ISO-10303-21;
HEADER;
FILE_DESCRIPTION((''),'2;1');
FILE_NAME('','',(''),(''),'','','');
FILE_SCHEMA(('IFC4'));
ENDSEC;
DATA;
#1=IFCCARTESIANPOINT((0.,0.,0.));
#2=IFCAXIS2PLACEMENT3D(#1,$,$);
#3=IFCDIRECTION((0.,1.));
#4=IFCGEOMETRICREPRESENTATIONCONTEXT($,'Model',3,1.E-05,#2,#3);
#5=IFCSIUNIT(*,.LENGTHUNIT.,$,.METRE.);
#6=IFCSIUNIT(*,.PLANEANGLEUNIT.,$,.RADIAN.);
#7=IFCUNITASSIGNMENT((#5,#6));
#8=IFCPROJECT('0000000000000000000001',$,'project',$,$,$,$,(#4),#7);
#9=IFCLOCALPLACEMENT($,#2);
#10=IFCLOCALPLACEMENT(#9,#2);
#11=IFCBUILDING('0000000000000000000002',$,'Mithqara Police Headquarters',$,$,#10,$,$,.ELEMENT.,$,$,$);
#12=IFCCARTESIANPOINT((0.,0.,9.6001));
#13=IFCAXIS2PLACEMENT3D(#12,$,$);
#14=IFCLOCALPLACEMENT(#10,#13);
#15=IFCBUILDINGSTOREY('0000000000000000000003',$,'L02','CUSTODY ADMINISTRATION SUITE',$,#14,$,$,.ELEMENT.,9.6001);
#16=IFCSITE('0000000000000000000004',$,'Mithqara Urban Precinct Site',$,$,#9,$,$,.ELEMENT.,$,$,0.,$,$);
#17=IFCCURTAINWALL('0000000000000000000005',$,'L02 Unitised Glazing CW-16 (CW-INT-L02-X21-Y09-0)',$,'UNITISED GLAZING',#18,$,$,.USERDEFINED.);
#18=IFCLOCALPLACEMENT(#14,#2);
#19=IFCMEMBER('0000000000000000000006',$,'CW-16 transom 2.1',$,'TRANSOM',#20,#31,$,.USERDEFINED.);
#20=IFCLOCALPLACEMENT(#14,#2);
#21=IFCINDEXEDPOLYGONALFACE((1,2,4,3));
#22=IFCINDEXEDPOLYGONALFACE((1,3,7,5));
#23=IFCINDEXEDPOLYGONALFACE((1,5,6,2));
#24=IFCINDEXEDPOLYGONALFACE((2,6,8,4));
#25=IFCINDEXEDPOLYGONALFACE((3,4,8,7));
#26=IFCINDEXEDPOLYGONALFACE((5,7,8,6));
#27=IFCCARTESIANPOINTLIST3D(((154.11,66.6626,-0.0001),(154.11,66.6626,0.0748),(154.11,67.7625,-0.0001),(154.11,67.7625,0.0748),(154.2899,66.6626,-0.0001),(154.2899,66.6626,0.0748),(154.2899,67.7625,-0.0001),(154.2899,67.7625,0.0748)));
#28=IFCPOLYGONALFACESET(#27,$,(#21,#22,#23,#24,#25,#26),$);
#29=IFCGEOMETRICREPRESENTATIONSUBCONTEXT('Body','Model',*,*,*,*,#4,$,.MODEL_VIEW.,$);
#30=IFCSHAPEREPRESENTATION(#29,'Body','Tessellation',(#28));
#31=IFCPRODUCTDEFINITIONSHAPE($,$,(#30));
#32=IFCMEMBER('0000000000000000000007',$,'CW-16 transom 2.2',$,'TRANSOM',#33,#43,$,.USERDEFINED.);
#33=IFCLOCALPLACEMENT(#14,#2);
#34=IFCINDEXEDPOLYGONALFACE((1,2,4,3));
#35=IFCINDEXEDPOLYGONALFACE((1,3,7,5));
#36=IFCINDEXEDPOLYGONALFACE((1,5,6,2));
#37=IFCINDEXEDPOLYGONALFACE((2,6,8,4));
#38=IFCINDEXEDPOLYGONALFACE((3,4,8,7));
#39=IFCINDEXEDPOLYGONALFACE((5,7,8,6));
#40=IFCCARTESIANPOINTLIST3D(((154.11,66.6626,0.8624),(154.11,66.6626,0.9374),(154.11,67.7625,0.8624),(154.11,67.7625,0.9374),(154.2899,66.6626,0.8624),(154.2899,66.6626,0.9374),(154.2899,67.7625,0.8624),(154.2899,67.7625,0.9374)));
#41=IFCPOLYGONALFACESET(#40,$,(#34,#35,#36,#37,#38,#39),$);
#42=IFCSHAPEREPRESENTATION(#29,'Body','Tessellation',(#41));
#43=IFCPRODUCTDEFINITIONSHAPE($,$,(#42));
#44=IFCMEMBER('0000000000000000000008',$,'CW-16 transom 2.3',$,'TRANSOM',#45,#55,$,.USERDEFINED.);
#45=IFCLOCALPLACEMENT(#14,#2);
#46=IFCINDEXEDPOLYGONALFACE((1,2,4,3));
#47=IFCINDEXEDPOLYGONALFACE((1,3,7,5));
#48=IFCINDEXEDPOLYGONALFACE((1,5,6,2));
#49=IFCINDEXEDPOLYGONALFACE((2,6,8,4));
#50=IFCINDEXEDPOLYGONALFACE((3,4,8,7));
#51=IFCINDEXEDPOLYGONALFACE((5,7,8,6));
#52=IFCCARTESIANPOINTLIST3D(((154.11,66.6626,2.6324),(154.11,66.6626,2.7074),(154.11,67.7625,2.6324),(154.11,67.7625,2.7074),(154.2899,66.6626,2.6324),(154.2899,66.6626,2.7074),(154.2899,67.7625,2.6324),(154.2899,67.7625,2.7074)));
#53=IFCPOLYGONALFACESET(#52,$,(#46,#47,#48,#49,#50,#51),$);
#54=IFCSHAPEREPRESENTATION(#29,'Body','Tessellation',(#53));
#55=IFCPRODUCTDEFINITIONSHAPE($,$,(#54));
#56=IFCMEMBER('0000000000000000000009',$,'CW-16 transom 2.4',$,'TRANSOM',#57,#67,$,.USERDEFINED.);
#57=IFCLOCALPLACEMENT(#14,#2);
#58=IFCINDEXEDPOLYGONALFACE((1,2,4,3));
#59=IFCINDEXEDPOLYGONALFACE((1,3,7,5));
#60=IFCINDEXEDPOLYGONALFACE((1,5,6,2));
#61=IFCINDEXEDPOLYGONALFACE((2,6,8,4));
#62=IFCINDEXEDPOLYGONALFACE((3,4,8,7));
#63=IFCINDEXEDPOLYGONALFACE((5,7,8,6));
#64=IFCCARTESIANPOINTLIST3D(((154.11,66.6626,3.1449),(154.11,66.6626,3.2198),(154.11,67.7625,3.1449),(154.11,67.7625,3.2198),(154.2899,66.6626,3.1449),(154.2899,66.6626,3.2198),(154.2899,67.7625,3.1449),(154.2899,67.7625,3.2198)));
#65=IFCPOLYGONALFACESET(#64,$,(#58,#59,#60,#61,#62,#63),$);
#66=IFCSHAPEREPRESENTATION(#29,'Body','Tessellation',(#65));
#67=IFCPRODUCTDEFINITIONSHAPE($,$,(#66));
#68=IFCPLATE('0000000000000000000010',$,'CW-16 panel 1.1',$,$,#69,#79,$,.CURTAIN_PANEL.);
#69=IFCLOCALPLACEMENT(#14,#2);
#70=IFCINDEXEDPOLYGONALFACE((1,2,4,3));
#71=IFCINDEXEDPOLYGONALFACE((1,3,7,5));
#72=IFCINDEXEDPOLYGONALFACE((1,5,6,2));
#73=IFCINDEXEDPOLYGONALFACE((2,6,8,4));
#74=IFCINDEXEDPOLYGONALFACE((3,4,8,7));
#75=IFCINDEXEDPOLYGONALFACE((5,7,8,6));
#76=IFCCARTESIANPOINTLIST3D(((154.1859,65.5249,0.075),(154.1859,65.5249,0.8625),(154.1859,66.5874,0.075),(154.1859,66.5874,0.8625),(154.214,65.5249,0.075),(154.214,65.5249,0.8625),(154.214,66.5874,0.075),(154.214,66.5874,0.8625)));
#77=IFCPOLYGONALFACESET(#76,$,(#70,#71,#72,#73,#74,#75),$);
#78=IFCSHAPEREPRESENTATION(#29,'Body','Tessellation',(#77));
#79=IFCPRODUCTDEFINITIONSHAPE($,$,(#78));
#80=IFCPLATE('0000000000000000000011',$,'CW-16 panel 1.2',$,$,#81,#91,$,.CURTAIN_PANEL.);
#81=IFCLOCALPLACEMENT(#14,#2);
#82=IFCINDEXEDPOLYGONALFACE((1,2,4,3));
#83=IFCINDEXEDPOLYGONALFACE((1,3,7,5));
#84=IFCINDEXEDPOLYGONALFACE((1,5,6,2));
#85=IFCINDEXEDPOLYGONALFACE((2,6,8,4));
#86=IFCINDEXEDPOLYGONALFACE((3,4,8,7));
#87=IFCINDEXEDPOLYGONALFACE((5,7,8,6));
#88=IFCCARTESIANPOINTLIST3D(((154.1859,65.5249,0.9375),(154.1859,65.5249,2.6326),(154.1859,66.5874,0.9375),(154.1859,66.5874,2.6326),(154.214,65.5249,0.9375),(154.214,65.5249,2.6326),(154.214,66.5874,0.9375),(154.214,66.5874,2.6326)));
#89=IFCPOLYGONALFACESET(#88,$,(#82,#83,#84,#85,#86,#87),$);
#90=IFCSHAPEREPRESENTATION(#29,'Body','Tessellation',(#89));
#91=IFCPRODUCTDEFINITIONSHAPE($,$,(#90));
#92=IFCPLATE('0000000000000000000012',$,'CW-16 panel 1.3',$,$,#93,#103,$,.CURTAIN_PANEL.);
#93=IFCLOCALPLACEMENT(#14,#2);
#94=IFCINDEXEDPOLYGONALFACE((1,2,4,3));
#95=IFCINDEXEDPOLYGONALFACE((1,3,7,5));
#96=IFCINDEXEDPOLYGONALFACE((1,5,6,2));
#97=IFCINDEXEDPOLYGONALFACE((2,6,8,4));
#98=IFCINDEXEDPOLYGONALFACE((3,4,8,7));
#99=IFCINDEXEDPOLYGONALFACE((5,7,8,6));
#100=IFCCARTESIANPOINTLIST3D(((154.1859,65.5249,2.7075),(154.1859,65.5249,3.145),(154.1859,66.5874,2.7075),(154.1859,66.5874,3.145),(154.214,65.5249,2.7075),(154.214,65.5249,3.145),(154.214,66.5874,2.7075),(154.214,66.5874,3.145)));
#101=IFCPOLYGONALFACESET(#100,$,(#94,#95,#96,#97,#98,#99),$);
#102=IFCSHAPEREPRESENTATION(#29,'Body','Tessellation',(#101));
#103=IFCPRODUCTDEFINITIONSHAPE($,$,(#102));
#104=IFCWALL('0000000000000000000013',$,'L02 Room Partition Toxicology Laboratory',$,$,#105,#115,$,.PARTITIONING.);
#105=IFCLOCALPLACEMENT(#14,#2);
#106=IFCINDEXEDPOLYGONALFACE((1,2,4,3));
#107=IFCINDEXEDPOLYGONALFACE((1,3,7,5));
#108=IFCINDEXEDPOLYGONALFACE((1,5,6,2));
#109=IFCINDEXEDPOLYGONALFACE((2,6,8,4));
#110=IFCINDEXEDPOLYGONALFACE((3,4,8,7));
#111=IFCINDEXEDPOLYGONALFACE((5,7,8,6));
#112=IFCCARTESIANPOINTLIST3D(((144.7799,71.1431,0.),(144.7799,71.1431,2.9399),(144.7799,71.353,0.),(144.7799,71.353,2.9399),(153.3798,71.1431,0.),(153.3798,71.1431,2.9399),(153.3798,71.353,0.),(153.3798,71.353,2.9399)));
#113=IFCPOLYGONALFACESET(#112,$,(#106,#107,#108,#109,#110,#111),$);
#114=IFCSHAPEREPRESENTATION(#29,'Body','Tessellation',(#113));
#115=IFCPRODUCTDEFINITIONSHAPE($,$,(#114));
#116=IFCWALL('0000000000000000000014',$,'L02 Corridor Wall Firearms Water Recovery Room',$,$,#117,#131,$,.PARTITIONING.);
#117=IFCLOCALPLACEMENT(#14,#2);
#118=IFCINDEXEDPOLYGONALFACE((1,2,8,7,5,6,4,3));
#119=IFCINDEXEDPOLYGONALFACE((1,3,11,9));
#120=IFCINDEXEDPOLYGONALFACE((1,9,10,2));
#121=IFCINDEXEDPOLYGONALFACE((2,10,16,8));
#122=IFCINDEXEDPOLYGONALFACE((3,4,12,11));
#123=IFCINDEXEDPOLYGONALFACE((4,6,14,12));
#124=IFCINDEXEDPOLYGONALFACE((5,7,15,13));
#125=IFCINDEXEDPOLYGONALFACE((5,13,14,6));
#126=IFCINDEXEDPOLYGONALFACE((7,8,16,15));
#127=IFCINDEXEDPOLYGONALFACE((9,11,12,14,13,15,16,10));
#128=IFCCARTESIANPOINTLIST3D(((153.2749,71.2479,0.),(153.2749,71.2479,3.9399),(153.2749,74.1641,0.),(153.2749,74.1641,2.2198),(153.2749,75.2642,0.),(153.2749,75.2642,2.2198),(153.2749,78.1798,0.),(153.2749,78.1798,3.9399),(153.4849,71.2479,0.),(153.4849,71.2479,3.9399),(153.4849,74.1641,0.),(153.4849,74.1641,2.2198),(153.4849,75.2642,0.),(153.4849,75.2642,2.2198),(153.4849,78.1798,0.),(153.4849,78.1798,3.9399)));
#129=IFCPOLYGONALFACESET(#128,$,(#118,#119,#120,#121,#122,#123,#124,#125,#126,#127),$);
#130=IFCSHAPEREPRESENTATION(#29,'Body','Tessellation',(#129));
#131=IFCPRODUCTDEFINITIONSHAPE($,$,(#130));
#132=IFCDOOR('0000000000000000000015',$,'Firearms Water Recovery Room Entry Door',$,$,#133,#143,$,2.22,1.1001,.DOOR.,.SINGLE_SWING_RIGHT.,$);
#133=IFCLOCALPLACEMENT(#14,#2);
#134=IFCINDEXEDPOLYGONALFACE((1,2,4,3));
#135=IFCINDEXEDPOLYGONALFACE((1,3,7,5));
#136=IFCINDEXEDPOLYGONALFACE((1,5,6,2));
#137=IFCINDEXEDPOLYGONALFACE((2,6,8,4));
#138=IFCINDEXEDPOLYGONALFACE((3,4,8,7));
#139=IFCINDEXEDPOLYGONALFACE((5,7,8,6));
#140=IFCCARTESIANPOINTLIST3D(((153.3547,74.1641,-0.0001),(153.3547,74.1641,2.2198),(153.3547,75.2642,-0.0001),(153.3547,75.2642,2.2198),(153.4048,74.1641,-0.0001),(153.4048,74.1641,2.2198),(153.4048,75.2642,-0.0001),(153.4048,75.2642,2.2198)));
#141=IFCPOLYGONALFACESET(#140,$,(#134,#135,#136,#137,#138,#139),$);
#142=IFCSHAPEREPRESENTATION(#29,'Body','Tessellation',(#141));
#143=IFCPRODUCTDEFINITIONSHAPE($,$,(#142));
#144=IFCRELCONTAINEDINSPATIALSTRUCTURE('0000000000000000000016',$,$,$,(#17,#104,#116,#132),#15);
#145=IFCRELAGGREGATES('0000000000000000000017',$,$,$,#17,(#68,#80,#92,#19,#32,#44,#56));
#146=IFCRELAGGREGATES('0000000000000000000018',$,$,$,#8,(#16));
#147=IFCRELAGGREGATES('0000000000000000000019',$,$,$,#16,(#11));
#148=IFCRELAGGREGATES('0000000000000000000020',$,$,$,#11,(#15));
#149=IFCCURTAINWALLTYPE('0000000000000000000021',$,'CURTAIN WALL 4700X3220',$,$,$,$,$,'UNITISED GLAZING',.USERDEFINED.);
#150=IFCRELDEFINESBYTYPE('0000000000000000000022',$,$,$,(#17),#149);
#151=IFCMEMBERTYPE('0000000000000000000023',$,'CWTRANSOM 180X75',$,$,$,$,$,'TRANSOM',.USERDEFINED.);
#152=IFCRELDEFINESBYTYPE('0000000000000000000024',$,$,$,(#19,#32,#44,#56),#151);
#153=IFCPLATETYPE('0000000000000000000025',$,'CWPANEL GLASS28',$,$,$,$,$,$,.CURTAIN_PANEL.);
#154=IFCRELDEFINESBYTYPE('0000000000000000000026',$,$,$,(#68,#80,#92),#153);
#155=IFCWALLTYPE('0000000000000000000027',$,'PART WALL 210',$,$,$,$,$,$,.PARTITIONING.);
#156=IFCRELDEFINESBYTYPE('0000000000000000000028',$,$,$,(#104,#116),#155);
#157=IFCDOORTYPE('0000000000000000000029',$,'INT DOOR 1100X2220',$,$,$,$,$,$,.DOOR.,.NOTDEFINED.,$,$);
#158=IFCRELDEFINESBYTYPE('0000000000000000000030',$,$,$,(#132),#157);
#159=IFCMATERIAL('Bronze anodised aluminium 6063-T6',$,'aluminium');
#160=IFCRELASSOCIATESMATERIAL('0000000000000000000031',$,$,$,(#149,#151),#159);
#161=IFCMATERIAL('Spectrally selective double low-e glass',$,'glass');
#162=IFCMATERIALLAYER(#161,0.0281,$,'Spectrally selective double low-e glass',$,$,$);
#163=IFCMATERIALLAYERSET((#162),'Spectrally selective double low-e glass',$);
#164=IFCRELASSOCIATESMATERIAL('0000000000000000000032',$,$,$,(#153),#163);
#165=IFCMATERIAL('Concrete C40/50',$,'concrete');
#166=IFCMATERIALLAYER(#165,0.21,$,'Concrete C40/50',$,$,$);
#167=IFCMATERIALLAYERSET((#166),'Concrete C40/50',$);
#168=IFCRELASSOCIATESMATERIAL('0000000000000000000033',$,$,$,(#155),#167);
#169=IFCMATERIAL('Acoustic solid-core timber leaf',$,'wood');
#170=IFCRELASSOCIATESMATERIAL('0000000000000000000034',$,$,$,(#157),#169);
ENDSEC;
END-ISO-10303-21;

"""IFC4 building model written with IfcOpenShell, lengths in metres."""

from ifc_helpers import new_model, si_unit, direction, frame, frame_2d, origin, origin_2d, place, context, subcontext, project, spatial, rectangle, extrude, material, layer, layer_set, material_profile, profile_set, type_object, element, fill, aggregate, save


model = new_model("IFC4")

# Units and contexts
model_context = context("Model", 3, precision=1e-05, world=origin(), true_north=direction((0.0, 1.0)))
body_context = subcontext(model_context, "Body", "Model", "MODEL_VIEW")
ifc_project = project(units=[si_unit("LENGTHUNIT", "METRE"), si_unit("PLANEANGLEUNIT", "RADIAN")], contexts=[model_context])

# Site, building, storey
site_placement = place(None, origin())
site = spatial("IfcSite", under=ifc_project, at=site_placement, Name="Mithqara Urban Precinct Site", CompositionType="ELEMENT", RefElevation=0.0)
building_placement = place(site_placement, origin())
building = spatial("IfcBuilding", under=site, at=building_placement, Name="Mithqara Police Headquarters", CompositionType="ELEMENT")
storey_placement = place(building_placement, frame((0.0, 0.0, 9.6001)))
storey = spatial("IfcBuildingStorey", under=building, at=storey_placement, Name="L02", Description="CUSTODY ADMINISTRATION SUITE", CompositionType="ELEMENT", Elevation=9.6001)

# Shared definitions
ifc_material_1 = material(Name="Concrete C40/50", Category="concrete")

# Curtain wall, members, plates
ifc_material_2 = material(Name="Bronze anodised aluminium 6063-T6", Category="aluminium")
curtain_wall_type = type_object("IfcCurtainWallType", Name="CURTAIN WALL 4700X3220", ElementType="UNITISED GLAZING", PredefinedType="USERDEFINED", material=ifc_material_2)
curtain_wall_placement = place(storey_placement, origin())
curtain_wall = element("IfcCurtainWall", 1, at=curtain_wall_placement, inside=storey, type_object=curtain_wall_type, Name="L02 Unitised Glazing CW-16 (CW-INT-L02-X21-Y09-0)", ObjectType="UNITISED GLAZING", PredefinedType="USERDEFINED")
ifc_material_profile_1 = material_profile(ifc_material_2, rectangle(XDim=0.1799, YDim=0.075, at=origin_2d()), Name="CWT 180x75")
ifc_profile_set_1 = profile_set([ifc_material_profile_1], Name="Bronze anodised aluminium 6063-T6")
member_type_1 = type_object("IfcMemberType", Name="CWTRANSOM 180X75", ElementType="TRANSOM", PredefinedType="USERDEFINED", material=ifc_profile_set_1)
member_1_placement = place(storey_placement, frame((154.2, 66.6626, 0.0374), z_axis=(0.0, 1.0, 0.0), x_axis=(-1.0, 0.0, 0.0)))
member_1 = element("IfcMember", 2, at=member_1_placement, type_object=member_type_1, Name="CW-16 transom 2.1", ObjectType="TRANSOM", PredefinedType="USERDEFINED", context=body_context, shape_type="SweptSolid", body=[
    extrude(rectangle(XDim=0.1799, YDim=0.075, at=origin_2d()), origin(), (0.0, 0.0, 1.0), 1.0999),
])
member_2_placement = place(storey_placement, frame((154.2, 66.6626, 0.8999), z_axis=(0.0, 1.0, 0.0), x_axis=(-1.0, 0.0, 0.0)))
member_2 = element("IfcMember", 3, at=member_2_placement, type_object=member_type_1, Name="CW-16 transom 2.2", ObjectType="TRANSOM", PredefinedType="USERDEFINED", context=body_context, shape_type="SweptSolid", body=[
    extrude(rectangle(XDim=0.1799, YDim=0.075, at=origin_2d()), origin(), (0.0, 0.0, 1.0), 1.0999),
])
member_3_placement = place(storey_placement, frame((154.2, 66.6626, 2.6699), z_axis=(0.0, 1.0, 0.0), x_axis=(-1.0, 0.0, 0.0)))
member_3 = element("IfcMember", 4, at=member_3_placement, type_object=member_type_1, Name="CW-16 transom 2.3", ObjectType="TRANSOM", PredefinedType="USERDEFINED", context=body_context, shape_type="SweptSolid", body=[
    extrude(rectangle(XDim=0.1799, YDim=0.075, at=origin_2d()), origin(), (0.0, 0.0, 1.0), 1.0999),
])
member_4_placement = place(storey_placement, frame((154.2, 66.6626, 3.1824), z_axis=(0.0, 1.0, 0.0), x_axis=(-1.0, 0.0, 0.0)))
member_4 = element("IfcMember", 5, at=member_4_placement, type_object=member_type_1, Name="CW-16 transom 2.4", ObjectType="TRANSOM", PredefinedType="USERDEFINED", context=body_context, shape_type="SweptSolid", body=[
    extrude(rectangle(XDim=0.1799, YDim=0.075, at=origin_2d()), origin(), (0.0, 0.0, 1.0), 1.0999),
])
ifc_material_3 = material(Name="Spectrally selective double low-e glass", Category="glass")
ifc_layer_1 = layer(ifc_material_3, 0.0281, Name="Spectrally selective double low-e glass")
ifc_layer_set_1 = layer_set([ifc_layer_1], Name="Spectrally selective double low-e glass")
plate_type = type_object("IfcPlateType", Name="CWPANEL GLASS28", PredefinedType="CURTAIN_PANEL", material=ifc_layer_set_1)
plate_1_placement = place(storey_placement, frame((154.2, 66.0562, 0.075), z_axis=(0.0, 0.0, 1.0), x_axis=(0.0, 1.0, 0.0)))
plate_1 = element("IfcPlate", 6, at=plate_1_placement, type_object=plate_type, Name="CW-16 panel 1.1", PredefinedType="CURTAIN_PANEL", context=body_context, shape_type="SweptSolid", body=[
    extrude(rectangle(XDim=1.0625, YDim=0.0281, at=origin_2d()), origin(), (0.0, 0.0, 1.0), 0.7876),
])
plate_2_placement = place(storey_placement, frame((154.2, 66.0562, 0.9375), z_axis=(0.0, 0.0, 1.0), x_axis=(0.0, 1.0, 0.0)))
plate_2 = element("IfcPlate", 7, at=plate_2_placement, type_object=plate_type, Name="CW-16 panel 1.2", PredefinedType="CURTAIN_PANEL", context=body_context, shape_type="SweptSolid", body=[
    extrude(rectangle(XDim=1.0625, YDim=0.0281, at=origin_2d()), origin(), (0.0, 0.0, 1.0), 1.6951),
])
plate_3_placement = place(storey_placement, frame((154.2, 66.0562, 2.7075), z_axis=(0.0, 0.0, 1.0), x_axis=(0.0, 1.0, 0.0)))
plate_3 = element("IfcPlate", 8, at=plate_3_placement, type_object=plate_type, Name="CW-16 panel 1.3", PredefinedType="CURTAIN_PANEL", context=body_context, shape_type="SweptSolid", body=[
    extrude(rectangle(XDim=1.0625, YDim=0.0281, at=origin_2d()), origin(), (0.0, 0.0, 1.0), 0.4375),
])
aggregate(curtain_wall, [plate_1, plate_2, plate_3, member_1, member_2, member_3, member_4])

# Wall
ifc_layer_2 = layer(ifc_material_1, 0.21, Name="Concrete C40/50")
ifc_layer_set_2 = layer_set([ifc_layer_2], Name="Concrete C40/50")
wall_type = type_object("IfcWallType", Name="PART WALL 210", PredefinedType="PARTITIONING", material=ifc_layer_set_2)
wall_1_placement = place(storey_placement, frame((144.78, 71.248, 0.0), z_axis=(0.0, 0.0, 1.0), x_axis=(1.0, 0.0, 0.0)))
element("IfcWall", 9, at=wall_1_placement, inside=storey, type_object=wall_type, Name="L02 Room Partition Toxicology Laboratory", PredefinedType="PARTITIONING", context=body_context, shape_type="SweptSolid", body=[
    extrude(rectangle(XDim=8.5999, YDim=0.21, at=frame_2d((4.2998, 0.0))), origin(), (0.0, 0.0, 1.0), 2.9399),
])

# Wall, opening, door
wall_2_placement = place(storey_placement, frame((153.3799, 71.248, 0.0), z_axis=(0.0, 0.0, 1.0), x_axis=(0.0, 1.0, 0.0)))
wall_2 = element("IfcWall", 10, at=wall_2_placement, inside=storey, type_object=wall_type, Name="L02 Corridor Wall Firearms Water Recovery Room", PredefinedType="PARTITIONING", context=body_context, shape_type="SweptSolid", body=[
    extrude(rectangle(XDim=6.9319, YDim=0.21, at=frame_2d((3.4658, 0.0))), origin(), (0.0, 0.0, 1.0), 3.9399),
])
opening_placement = place(wall_2_placement, frame((2.916, 0.0, 0.0)))
opening = element("IfcOpeningElement", 11, at=opening_placement, cuts=wall_2, PredefinedType="OPENING", context=body_context, shape_type="SweptSolid", body=[
    extrude(rectangle(XDim=1.1001, YDim=2.22, at=frame_2d((0.55, 1.1099))), frame((0.0, 0.115, 0.0), z_axis=(0.0, -1.0, 0.0), x_axis=(1.0, 0.0, 0.0)), (0.0, 0.0, 1.0), 0.23),
])
ifc_material_4 = material(Name="Acoustic solid-core timber leaf", Category="wood")
door_type = type_object("IfcDoorType", Name="INT DOOR 1100X2220", OperationType="NOTDEFINED", PredefinedType="DOOR", material=ifc_material_4)
door_placement = place(opening_placement, frame((1.1001, 0.0, 0.0), z_axis=(0.0, 0.0, 1.0), x_axis=(-1.0, 0.0, 0.0)))
door = element("IfcDoor", 12, at=door_placement, inside=storey, type_object=door_type, Name="Firearms Water Recovery Room Entry Door", OperationType="SINGLE_SWING_RIGHT", OverallHeight=2.22, OverallWidth=1.1001, PredefinedType="DOOR", context=body_context, shape_type="SweptSolid", body=[
    extrude(rectangle(XDim=1.1001, YDim=2.22, at=frame_2d((0.55, 1.1099))), frame((0.0, 0.0249, 0.0), z_axis=(0.0, -1.0, 0.0), x_axis=(1.0, 0.0, 0.0)), (0.0, 0.0, 1.0), 0.05),
])
fill(opening, door)

save(model, "model.ifc")
